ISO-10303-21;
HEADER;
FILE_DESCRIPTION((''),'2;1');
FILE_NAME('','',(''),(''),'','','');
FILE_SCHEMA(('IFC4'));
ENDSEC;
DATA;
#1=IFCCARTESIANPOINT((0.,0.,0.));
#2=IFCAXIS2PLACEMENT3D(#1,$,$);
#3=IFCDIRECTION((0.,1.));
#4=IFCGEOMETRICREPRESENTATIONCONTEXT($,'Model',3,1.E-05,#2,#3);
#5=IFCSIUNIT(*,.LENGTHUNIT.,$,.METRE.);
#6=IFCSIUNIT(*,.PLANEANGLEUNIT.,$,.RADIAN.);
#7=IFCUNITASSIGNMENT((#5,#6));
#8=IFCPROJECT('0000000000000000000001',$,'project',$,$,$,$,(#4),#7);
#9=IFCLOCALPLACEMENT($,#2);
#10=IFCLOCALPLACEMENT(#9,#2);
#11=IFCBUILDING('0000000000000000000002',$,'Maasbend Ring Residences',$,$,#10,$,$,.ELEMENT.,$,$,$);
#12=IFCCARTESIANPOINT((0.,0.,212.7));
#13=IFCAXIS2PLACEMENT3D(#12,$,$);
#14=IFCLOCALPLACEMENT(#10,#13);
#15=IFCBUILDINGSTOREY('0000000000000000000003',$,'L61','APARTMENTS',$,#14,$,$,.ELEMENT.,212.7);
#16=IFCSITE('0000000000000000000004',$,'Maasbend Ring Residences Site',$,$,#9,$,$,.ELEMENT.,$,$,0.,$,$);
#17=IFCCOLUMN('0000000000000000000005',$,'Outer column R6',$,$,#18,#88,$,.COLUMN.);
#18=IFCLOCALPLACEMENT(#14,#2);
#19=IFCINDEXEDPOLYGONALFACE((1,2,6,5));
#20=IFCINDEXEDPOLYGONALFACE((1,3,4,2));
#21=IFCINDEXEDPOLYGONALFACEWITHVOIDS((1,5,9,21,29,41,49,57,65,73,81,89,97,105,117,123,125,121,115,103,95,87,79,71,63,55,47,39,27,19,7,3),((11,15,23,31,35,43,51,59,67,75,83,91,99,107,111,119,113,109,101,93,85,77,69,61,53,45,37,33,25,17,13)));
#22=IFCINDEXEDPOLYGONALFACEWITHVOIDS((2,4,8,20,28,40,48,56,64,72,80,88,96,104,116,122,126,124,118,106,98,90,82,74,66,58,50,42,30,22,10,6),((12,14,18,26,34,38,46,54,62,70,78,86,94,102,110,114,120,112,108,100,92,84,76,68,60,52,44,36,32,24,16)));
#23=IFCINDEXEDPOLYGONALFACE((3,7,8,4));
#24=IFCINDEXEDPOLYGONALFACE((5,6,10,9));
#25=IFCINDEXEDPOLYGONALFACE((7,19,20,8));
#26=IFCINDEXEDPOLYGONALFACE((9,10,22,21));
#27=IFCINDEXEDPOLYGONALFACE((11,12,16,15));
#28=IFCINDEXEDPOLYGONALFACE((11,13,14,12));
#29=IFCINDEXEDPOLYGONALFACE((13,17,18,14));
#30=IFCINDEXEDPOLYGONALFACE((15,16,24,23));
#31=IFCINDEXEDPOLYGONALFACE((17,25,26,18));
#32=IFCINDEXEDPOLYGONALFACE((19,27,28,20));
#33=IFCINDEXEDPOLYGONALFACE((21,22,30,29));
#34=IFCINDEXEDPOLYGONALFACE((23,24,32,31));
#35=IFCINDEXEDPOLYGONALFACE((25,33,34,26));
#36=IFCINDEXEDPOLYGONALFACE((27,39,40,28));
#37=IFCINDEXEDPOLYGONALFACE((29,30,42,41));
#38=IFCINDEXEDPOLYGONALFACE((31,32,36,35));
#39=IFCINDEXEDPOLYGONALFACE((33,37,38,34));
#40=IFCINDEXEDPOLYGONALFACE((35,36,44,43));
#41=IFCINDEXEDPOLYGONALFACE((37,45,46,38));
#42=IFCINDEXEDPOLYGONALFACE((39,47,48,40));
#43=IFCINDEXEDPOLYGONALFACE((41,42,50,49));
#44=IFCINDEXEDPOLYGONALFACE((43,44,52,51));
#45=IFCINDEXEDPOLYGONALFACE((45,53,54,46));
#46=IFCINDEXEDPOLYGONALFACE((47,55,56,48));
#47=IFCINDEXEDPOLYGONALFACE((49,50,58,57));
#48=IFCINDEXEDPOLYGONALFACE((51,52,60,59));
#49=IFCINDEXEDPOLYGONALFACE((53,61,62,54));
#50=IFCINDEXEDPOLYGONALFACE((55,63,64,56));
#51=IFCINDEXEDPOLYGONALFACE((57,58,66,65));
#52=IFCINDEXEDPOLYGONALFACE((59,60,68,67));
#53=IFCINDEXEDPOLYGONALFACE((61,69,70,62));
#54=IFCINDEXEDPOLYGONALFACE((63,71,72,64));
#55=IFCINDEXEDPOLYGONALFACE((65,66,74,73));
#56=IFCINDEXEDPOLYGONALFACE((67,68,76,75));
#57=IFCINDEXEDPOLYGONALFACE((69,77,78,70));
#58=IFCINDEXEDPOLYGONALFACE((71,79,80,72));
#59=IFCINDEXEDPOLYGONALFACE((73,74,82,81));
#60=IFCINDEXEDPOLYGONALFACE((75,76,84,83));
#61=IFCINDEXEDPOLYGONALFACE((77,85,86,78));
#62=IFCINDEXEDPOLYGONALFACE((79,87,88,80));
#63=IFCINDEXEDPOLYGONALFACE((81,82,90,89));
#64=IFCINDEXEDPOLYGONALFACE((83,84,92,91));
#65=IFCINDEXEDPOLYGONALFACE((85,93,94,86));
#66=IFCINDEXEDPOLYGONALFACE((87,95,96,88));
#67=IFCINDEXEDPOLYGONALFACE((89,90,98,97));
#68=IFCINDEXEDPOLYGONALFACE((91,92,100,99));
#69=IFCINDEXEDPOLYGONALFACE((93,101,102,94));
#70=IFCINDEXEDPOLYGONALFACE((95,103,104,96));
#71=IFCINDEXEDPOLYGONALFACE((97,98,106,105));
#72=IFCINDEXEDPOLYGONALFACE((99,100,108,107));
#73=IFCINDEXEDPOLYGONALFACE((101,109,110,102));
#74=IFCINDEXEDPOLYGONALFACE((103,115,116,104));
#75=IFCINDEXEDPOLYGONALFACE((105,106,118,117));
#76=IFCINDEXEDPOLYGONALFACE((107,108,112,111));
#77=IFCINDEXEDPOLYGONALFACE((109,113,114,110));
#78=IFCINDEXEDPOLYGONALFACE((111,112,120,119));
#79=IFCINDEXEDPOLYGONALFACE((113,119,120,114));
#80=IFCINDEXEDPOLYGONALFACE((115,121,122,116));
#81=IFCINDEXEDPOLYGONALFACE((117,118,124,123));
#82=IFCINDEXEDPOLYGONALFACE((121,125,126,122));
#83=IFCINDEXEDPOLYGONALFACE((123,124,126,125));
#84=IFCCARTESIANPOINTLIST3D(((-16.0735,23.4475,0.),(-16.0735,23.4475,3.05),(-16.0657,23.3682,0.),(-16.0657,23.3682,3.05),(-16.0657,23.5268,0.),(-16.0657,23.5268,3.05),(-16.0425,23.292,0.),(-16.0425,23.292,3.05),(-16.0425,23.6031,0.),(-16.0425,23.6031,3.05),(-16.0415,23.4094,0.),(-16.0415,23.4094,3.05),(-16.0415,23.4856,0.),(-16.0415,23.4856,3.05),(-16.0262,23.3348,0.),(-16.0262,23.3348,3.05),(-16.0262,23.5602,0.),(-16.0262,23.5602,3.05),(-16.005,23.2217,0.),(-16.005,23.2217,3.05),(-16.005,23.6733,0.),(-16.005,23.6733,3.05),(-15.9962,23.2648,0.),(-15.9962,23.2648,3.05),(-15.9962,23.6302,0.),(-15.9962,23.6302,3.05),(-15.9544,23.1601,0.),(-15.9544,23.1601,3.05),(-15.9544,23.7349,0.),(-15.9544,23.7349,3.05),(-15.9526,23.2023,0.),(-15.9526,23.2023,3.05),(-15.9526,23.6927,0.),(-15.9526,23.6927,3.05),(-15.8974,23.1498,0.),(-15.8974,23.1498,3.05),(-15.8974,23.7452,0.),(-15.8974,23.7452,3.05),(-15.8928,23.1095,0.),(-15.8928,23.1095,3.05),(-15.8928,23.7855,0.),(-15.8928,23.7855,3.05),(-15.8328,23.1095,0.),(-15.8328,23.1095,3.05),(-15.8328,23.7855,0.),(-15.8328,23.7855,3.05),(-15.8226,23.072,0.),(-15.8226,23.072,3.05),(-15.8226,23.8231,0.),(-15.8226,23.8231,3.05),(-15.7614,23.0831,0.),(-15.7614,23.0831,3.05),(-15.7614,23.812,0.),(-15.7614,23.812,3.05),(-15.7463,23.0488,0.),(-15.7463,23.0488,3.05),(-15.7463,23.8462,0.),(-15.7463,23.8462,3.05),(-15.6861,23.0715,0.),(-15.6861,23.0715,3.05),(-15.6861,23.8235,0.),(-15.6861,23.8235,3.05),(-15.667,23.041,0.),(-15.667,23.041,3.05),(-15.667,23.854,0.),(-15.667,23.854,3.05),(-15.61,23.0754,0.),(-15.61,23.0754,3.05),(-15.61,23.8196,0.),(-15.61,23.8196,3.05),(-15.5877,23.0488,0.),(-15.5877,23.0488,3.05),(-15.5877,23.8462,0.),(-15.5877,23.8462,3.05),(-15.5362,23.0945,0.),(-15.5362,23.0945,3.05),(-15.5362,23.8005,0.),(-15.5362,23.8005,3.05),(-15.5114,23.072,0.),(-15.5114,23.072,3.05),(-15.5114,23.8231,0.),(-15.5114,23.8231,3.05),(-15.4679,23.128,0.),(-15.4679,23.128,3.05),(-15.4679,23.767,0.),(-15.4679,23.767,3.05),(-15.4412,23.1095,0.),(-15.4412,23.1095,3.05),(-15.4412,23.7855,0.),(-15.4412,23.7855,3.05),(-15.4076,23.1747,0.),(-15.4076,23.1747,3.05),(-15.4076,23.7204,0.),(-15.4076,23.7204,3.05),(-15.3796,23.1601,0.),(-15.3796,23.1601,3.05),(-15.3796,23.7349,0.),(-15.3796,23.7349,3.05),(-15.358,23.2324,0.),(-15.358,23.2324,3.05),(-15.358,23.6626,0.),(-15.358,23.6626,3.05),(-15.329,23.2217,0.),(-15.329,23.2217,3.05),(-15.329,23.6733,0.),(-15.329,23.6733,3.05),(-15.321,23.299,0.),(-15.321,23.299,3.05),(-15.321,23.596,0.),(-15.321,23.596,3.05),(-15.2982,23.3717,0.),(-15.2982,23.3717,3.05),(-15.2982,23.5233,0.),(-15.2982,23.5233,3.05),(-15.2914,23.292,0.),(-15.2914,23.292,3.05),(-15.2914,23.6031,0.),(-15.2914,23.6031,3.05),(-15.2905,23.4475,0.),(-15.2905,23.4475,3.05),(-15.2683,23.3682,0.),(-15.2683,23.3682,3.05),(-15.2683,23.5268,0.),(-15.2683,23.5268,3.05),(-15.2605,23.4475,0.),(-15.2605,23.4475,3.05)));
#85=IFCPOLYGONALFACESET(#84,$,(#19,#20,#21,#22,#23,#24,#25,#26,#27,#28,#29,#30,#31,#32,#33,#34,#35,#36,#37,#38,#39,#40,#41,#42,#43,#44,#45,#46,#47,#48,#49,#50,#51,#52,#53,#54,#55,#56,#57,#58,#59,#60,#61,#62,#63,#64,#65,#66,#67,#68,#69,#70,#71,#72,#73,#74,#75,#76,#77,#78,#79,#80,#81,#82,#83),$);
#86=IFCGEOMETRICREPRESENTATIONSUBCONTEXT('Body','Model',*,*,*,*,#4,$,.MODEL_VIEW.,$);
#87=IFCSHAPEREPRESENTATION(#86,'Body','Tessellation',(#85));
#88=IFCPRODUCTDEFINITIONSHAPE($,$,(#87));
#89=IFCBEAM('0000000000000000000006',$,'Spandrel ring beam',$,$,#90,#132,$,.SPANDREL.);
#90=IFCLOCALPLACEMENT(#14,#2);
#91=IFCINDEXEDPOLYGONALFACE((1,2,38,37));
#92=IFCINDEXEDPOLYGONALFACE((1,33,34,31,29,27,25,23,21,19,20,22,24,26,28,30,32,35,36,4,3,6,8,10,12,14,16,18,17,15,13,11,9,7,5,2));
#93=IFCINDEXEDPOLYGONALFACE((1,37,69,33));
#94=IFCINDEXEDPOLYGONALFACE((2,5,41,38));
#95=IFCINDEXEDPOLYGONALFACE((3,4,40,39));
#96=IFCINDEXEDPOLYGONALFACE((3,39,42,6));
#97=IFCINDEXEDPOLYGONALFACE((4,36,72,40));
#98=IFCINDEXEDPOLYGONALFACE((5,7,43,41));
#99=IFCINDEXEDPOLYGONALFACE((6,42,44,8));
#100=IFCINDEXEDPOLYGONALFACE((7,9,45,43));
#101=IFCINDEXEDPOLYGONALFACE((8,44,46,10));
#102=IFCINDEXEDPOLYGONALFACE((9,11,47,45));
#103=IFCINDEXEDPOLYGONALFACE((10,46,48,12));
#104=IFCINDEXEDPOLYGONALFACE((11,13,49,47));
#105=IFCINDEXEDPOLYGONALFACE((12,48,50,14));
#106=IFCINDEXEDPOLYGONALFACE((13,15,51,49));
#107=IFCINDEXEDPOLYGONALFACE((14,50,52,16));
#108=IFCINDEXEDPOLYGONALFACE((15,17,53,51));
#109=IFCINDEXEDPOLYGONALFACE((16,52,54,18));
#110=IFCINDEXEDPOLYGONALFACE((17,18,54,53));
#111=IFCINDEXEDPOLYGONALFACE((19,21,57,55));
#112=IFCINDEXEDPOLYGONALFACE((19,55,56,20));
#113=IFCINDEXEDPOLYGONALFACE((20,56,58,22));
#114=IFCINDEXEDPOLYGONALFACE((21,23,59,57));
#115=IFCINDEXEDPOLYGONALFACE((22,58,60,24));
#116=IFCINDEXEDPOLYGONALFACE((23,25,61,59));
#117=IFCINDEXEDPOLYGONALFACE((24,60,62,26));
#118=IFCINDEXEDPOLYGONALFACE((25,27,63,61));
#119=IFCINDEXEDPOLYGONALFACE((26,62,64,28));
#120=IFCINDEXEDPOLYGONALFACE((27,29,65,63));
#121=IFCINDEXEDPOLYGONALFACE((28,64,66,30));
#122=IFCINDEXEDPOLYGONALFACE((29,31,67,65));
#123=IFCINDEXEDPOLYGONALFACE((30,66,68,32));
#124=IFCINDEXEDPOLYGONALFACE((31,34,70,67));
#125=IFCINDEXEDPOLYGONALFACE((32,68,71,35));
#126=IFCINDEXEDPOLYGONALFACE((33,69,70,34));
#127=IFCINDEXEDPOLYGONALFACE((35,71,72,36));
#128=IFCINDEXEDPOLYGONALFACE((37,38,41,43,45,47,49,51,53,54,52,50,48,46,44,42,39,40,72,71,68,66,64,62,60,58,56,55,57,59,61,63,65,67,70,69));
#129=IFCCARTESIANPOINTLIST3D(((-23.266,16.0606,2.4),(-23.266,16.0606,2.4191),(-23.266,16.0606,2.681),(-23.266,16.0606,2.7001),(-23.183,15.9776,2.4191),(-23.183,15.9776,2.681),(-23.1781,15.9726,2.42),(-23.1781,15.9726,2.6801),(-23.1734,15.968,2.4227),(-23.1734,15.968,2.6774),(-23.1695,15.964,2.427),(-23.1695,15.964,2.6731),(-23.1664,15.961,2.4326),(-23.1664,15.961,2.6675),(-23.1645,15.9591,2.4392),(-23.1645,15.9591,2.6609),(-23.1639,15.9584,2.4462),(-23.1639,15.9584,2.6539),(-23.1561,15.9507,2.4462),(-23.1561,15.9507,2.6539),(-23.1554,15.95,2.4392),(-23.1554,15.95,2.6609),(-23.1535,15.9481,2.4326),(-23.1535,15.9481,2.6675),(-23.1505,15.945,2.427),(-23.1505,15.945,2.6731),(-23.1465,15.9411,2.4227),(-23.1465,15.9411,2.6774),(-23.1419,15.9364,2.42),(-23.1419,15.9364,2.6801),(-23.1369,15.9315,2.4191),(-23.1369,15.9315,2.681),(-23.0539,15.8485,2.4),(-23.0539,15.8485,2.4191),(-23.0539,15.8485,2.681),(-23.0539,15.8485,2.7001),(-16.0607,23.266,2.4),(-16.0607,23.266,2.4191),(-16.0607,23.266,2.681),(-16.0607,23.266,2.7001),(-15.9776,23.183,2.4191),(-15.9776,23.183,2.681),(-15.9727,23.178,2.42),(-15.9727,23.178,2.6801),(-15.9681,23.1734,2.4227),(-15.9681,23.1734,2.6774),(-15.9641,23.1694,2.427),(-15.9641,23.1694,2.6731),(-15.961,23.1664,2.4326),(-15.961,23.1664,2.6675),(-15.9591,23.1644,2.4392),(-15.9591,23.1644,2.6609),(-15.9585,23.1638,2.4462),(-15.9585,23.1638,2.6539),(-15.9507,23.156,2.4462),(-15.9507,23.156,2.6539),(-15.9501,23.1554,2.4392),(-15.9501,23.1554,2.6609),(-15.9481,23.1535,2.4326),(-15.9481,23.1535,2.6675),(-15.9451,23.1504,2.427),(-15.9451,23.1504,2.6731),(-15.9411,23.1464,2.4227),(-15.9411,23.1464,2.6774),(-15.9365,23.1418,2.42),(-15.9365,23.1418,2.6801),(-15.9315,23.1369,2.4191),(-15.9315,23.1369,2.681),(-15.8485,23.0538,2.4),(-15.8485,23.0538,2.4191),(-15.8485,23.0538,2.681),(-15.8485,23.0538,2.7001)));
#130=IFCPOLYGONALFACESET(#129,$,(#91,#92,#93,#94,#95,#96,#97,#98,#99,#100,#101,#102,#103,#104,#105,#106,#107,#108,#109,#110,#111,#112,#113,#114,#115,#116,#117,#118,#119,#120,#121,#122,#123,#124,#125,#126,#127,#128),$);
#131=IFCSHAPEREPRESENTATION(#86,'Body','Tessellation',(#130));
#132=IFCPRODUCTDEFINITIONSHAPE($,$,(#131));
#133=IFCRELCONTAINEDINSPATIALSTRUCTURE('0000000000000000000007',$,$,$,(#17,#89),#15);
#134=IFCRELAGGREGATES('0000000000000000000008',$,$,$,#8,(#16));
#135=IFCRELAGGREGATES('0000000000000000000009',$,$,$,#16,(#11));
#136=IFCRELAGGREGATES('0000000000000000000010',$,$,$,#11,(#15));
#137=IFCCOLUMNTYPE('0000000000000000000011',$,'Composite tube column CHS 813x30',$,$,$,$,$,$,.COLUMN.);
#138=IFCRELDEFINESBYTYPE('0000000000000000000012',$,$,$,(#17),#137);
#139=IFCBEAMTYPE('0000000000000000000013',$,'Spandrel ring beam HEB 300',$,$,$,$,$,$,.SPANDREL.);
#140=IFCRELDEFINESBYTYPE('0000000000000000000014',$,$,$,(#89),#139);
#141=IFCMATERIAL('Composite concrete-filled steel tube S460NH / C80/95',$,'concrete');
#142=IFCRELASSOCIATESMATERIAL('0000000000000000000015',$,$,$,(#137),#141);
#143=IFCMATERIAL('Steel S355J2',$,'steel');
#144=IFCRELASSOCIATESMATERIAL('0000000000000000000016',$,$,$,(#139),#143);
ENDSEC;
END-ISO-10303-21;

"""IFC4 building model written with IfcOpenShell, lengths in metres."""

from ifc_helpers import new_model, si_unit, direction, frame, origin, origin_2d, place, context, subcontext, project, spatial, hollow_circle, i_section, extrude, material, material_profile, profile_set, type_object, element, save


model = new_model("IFC4")

# Units and contexts
model_context = context("Model", 3, precision=1e-05, world=origin(), true_north=direction((0.0, 1.0)))
body_context = subcontext(model_context, "Body", "Model", "MODEL_VIEW")
ifc_project = project(units=[si_unit("LENGTHUNIT", "METRE"), si_unit("PLANEANGLEUNIT", "RADIAN")], contexts=[model_context])

# Site, building, storey
site_placement = place(None, origin())
site = spatial("IfcSite", under=ifc_project, at=site_placement, Name="Maasbend Ring Residences Site", CompositionType="ELEMENT", RefElevation=0.0)
building_placement = place(site_placement, origin())
building = spatial("IfcBuilding", under=site, at=building_placement, Name="Maasbend Ring Residences", CompositionType="ELEMENT")
storey_placement = place(building_placement, frame((0.0, 0.0, 212.7)))
storey = spatial("IfcBuildingStorey", under=building, at=storey_placement, Name="L61", Description="APARTMENTS", CompositionType="ELEMENT", Elevation=212.7)

# Column
ifc_material_1 = material(Name="Composite concrete-filled steel tube S460NH / C80/95", Category="concrete")
ifc_material_profile_1 = material_profile(ifc_material_1, hollow_circle(Radius=0.4065, WallThickness=0.03, at=origin_2d()), Name="Composite tube column CHS 813x30")
ifc_profile_set_1 = profile_set([ifc_material_profile_1], Name="Composite concrete-filled steel tube S460NH / C80/95")
column_type = type_object("IfcColumnType", Name="Composite tube column CHS 813x30", PredefinedType="COLUMN", material=ifc_profile_set_1)
column_placement = place(storey_placement, frame((-15.667, 23.4475, 0.0), z_axis=(0.0, 0.0, 1.0), x_axis=(1.0, 0.0, 0.0)))
element("IfcColumn", 1, at=column_placement, inside=storey, type_object=column_type, Name="Outer column R6", PredefinedType="COLUMN", context=body_context, shape_type="SweptSolid", body=[
    extrude(hollow_circle(Radius=0.4065, WallThickness=0.03, at=origin_2d()), origin(), (0.0, 0.0, 1.0), 3.05),
])

# Beam
ifc_material_2 = material(Name="Steel S355J2", Category="steel")
ifc_material_profile_2 = material_profile(ifc_material_2, i_section(OverallWidth=0.3, OverallDepth=0.3, WebThickness=0.011, FlangeThickness=0.019, FilletRadius=0.0271, at=origin_2d()), Name="HEB 300")
ifc_profile_set_2 = profile_set([ifc_material_profile_2], Name="Steel S355J2")
beam_type = type_object("IfcBeamType", Name="Spandrel ring beam HEB 300", PredefinedType="SPANDREL", material=ifc_profile_set_2)
beam_placement = place(storey_placement, frame((-15.9546, 23.1599, 2.55), z_axis=(-0.707107, -0.707107, 0.0), x_axis=(0.707107, -0.707107, 0.0)))
element("IfcBeam", 2, at=beam_placement, inside=storey, type_object=beam_type, Name="Spandrel ring beam", PredefinedType="SPANDREL", context=body_context, shape_type="SweptSolid", body=[
    extrude(i_section(OverallWidth=0.3, OverallDepth=0.3, WebThickness=0.011, FlangeThickness=0.019, FilletRadius=0.0271, at=origin_2d()), origin(), (0.0, 0.0, 1.0), 10.1899),
])

save(model, "model.ifc")
